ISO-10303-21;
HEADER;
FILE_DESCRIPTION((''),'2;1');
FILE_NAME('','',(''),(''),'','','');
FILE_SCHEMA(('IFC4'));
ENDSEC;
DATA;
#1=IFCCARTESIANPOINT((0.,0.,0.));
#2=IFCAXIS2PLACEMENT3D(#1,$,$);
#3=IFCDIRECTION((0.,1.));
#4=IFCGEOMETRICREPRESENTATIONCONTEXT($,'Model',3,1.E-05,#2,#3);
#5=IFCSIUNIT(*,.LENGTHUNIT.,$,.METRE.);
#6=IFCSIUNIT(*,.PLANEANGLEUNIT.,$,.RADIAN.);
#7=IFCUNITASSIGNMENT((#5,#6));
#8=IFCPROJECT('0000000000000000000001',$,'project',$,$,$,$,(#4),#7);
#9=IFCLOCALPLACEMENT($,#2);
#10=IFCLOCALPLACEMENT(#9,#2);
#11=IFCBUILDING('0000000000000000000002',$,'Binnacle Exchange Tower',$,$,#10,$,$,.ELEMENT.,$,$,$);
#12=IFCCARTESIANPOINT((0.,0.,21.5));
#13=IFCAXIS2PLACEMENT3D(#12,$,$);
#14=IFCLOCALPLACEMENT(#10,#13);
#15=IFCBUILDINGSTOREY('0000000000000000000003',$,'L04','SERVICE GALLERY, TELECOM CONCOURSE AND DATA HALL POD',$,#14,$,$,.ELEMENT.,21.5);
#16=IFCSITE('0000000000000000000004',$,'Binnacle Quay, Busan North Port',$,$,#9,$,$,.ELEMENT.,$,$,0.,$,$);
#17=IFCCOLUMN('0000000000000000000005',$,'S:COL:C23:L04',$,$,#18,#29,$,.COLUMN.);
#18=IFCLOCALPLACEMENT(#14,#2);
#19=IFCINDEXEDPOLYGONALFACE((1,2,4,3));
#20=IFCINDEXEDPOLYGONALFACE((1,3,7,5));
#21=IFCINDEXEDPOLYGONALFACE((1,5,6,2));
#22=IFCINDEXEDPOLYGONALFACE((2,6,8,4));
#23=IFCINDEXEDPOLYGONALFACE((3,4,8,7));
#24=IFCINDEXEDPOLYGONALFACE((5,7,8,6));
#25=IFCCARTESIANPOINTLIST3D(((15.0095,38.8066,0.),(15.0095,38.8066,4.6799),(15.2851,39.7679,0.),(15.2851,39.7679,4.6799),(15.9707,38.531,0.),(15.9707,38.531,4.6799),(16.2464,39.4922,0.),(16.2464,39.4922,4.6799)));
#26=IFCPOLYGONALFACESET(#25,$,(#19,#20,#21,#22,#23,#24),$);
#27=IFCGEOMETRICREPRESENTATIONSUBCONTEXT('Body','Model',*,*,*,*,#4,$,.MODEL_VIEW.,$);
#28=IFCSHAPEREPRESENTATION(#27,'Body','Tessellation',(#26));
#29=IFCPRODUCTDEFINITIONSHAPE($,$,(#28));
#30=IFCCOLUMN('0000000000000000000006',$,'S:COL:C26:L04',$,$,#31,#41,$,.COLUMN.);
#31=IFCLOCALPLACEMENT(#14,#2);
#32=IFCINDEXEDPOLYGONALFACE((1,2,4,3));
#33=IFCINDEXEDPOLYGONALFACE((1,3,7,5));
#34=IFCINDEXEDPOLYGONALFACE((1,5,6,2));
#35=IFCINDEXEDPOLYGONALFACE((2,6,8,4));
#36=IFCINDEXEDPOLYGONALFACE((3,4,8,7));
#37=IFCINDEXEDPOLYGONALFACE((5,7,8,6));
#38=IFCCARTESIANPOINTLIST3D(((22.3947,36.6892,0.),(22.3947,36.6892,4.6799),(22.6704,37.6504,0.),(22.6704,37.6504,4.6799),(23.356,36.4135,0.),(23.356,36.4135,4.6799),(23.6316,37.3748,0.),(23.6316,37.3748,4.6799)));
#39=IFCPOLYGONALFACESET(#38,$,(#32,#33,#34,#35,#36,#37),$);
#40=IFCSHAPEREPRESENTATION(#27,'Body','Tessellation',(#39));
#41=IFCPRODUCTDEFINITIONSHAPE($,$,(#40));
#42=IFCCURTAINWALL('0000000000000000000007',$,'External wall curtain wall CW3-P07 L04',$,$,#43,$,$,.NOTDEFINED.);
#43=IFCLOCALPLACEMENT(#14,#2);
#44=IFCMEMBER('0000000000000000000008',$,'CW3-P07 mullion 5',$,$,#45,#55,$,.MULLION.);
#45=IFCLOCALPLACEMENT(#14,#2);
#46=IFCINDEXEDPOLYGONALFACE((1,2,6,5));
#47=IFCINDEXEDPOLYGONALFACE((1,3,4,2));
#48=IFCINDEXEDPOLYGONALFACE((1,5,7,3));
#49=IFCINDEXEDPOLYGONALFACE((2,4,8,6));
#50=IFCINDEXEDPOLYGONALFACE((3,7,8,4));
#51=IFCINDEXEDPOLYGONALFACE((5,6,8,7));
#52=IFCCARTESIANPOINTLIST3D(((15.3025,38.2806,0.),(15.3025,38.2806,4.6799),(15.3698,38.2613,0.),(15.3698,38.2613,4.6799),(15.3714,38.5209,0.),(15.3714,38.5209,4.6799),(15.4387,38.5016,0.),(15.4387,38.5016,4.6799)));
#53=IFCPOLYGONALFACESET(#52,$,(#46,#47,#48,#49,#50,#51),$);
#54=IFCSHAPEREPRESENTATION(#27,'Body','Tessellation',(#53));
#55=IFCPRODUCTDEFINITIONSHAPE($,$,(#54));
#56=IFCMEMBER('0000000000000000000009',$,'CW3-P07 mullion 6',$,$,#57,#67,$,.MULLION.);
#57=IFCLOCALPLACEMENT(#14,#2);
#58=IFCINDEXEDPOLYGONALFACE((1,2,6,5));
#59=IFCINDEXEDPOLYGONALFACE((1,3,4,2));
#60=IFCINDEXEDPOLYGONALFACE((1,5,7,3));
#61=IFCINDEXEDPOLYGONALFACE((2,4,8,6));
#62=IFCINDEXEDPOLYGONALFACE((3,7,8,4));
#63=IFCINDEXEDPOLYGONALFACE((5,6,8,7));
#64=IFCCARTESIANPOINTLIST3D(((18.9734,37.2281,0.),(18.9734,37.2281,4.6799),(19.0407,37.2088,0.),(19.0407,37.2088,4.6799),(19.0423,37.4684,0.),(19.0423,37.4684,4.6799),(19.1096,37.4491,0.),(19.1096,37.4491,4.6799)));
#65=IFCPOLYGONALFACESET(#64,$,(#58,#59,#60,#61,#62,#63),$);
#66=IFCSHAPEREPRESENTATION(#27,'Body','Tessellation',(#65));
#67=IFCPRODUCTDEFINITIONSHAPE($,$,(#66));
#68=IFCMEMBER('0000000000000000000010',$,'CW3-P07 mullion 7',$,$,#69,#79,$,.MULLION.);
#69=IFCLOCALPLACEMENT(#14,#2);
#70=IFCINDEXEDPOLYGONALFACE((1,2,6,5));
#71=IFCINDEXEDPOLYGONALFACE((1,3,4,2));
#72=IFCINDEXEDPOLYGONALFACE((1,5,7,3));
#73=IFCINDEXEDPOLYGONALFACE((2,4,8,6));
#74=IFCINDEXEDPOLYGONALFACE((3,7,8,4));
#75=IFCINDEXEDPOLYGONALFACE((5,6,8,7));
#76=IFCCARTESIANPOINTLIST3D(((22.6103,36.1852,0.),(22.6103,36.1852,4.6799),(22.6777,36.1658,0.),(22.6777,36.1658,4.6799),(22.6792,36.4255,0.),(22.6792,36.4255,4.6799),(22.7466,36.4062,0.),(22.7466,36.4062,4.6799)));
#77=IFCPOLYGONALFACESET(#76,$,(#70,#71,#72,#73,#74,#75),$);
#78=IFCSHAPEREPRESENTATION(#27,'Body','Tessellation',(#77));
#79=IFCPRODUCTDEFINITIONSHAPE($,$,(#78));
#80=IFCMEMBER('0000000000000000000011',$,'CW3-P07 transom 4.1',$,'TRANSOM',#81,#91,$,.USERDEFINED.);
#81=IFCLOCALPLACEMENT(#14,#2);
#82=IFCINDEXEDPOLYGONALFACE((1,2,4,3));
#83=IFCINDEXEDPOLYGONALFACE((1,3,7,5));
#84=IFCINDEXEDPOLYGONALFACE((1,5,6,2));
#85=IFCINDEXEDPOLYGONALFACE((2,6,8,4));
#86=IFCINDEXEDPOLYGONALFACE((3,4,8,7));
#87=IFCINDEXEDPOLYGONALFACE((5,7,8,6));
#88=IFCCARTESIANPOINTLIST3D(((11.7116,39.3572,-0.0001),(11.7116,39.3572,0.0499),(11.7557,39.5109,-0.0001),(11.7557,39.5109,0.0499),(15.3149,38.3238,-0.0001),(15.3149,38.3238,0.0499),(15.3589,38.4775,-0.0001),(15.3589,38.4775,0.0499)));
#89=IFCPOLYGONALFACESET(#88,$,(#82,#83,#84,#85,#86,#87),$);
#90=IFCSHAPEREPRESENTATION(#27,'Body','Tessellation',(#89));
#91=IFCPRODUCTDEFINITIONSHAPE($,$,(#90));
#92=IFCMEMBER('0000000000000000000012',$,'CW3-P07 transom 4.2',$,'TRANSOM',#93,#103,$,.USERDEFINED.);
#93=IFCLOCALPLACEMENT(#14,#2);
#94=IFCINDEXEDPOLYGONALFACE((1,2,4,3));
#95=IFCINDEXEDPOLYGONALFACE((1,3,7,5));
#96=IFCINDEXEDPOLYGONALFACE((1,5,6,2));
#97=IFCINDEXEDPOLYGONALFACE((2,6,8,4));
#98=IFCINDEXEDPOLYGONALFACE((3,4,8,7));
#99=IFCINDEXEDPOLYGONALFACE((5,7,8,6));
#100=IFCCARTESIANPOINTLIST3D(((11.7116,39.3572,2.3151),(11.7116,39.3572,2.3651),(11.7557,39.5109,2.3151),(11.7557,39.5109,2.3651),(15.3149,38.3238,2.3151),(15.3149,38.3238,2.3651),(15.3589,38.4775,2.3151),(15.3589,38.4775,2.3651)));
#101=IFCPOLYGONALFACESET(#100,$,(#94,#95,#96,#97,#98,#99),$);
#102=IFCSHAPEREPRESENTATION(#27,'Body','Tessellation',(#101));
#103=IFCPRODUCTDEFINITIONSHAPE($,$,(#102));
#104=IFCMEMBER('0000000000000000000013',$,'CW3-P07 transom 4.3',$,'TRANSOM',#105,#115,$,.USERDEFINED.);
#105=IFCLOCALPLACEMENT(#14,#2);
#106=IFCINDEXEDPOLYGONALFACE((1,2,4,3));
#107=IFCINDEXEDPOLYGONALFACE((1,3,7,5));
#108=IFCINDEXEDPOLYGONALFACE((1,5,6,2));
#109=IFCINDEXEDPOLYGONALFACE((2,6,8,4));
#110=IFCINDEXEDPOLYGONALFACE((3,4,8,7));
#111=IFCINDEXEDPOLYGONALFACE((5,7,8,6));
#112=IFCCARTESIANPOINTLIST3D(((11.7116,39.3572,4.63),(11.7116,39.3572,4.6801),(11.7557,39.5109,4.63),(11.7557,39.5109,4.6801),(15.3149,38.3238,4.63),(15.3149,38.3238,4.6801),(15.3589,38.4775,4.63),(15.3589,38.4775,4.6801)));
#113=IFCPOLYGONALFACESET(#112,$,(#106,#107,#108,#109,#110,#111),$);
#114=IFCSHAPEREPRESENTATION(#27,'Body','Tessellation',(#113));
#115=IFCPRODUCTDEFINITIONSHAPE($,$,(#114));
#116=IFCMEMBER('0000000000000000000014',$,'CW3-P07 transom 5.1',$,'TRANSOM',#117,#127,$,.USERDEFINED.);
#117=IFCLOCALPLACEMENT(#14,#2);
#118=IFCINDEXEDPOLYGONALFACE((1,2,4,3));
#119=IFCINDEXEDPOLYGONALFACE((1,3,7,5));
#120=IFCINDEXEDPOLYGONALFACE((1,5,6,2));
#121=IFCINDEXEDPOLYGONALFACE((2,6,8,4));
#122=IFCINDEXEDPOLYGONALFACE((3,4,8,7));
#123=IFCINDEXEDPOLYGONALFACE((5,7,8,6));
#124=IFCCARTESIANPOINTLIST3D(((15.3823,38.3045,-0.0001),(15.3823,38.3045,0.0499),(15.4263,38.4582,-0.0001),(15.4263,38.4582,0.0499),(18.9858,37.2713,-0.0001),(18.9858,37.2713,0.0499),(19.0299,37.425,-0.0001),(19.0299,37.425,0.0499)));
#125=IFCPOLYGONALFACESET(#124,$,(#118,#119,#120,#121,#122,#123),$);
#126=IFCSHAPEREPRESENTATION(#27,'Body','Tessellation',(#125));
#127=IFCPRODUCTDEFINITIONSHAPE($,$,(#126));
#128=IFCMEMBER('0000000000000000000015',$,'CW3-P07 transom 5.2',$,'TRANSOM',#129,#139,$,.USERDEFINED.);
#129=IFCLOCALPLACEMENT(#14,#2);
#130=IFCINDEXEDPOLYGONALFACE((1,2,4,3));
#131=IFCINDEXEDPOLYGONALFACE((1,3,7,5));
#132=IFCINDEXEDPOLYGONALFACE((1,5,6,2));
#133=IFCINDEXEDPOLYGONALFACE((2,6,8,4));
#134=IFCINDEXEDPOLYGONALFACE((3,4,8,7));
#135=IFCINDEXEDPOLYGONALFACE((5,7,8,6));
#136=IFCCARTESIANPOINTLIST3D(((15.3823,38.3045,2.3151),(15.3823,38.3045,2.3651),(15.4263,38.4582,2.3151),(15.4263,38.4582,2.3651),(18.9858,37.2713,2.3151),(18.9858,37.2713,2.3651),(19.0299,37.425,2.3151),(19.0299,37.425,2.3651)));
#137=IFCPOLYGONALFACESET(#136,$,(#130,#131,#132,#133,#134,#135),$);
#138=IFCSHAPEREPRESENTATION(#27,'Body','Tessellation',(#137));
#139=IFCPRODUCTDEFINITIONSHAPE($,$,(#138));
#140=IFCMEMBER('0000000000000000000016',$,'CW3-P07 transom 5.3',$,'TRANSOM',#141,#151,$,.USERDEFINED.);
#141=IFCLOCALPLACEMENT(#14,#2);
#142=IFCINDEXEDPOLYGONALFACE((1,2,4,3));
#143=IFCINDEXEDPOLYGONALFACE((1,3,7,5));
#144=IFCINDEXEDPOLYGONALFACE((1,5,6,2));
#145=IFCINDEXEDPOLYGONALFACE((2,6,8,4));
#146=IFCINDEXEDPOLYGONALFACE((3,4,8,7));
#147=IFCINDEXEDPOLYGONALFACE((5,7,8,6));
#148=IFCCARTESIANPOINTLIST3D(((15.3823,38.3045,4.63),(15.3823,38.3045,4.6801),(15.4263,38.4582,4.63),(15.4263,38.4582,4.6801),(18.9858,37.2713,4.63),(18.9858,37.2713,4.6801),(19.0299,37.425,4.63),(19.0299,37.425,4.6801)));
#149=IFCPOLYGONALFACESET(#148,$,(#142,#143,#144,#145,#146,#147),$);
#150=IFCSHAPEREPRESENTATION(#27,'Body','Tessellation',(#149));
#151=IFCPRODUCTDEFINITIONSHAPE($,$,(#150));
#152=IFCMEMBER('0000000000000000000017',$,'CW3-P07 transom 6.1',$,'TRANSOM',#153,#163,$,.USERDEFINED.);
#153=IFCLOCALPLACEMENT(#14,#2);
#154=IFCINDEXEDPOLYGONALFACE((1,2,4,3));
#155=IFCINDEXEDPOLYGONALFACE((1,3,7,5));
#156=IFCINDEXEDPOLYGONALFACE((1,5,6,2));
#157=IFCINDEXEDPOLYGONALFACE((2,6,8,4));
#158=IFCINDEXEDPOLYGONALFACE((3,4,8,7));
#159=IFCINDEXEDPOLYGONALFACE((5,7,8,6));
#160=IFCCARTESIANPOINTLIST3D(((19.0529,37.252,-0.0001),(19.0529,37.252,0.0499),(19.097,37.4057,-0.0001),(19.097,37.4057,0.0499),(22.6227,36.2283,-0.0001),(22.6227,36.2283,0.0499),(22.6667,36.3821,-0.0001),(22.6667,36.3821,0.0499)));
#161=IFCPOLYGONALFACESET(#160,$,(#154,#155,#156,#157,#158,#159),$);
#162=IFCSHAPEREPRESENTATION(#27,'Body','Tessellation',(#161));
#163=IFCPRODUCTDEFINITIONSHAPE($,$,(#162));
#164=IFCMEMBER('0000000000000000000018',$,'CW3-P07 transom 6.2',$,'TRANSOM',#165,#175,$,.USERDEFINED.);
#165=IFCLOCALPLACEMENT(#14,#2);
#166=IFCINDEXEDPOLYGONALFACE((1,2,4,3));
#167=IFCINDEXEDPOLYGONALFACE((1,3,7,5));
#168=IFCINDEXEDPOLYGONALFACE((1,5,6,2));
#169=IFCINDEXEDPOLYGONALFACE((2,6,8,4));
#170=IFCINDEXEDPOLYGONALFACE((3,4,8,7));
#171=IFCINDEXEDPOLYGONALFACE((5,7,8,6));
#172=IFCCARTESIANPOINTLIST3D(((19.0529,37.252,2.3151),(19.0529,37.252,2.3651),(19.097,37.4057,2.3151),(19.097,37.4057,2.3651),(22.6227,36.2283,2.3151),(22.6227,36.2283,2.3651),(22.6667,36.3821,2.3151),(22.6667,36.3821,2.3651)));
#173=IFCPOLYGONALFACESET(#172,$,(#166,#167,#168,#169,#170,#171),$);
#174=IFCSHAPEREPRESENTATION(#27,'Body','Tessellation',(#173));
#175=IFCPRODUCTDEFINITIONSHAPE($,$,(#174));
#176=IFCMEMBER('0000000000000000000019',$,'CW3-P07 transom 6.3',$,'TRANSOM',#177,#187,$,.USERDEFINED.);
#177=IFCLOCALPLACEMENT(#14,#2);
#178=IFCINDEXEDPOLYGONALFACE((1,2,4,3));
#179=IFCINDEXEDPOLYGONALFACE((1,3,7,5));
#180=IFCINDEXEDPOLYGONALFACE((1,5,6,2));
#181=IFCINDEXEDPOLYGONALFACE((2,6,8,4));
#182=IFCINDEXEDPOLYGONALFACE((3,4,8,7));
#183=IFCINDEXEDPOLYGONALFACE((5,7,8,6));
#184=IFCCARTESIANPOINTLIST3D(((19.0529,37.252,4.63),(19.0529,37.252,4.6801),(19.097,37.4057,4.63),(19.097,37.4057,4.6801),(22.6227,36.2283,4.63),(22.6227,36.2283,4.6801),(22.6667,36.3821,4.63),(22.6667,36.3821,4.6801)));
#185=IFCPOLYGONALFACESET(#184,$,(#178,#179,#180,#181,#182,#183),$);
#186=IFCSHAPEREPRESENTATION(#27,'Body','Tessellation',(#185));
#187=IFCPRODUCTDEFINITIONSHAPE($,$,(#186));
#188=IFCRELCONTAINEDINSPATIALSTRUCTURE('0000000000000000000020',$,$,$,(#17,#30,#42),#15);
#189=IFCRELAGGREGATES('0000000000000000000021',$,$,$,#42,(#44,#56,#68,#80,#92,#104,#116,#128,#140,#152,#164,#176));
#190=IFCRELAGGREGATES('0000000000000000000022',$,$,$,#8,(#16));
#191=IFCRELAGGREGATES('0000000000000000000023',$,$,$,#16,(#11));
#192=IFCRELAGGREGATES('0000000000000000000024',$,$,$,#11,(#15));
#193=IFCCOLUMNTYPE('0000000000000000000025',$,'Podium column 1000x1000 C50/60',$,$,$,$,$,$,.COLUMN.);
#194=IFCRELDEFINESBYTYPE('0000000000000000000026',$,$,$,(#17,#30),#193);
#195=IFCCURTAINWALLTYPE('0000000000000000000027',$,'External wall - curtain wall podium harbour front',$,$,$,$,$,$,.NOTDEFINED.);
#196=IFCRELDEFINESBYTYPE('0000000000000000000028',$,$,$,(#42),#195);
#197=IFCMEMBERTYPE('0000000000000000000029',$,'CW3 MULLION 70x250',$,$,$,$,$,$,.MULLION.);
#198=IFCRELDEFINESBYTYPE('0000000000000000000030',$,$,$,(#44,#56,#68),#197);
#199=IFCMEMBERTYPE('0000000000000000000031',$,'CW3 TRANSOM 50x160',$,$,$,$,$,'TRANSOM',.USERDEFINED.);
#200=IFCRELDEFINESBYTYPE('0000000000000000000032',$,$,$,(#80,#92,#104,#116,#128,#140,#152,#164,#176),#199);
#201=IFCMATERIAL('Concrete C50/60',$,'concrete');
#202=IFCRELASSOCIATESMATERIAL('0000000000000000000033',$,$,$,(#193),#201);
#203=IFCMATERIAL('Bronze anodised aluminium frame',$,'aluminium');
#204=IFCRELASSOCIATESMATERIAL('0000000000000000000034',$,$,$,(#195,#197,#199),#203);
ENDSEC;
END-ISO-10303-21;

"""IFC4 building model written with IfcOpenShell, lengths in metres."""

from ifc_helpers import new_model, si_unit, direction, frame, origin, origin_2d, place, context, subcontext, project, spatial, rectangle, extrude, material, material_profile, profile_set, type_object, element, aggregate, save


model = new_model("IFC4")

# Units and contexts
model_context = context("Model", 3, precision=1e-05, world=origin(), true_north=direction((0.0, 1.0)))
body_context = subcontext(model_context, "Body", "Model", "MODEL_VIEW")
ifc_project = project(units=[si_unit("LENGTHUNIT", "METRE"), si_unit("PLANEANGLEUNIT", "RADIAN")], contexts=[model_context])

# Site, building, storey
site_placement = place(None, origin())
site = spatial("IfcSite", under=ifc_project, at=site_placement, Name="Binnacle Quay, Busan North Port", CompositionType="ELEMENT", RefElevation=0.0)
building_placement = place(site_placement, origin())
building = spatial("IfcBuilding", under=site, at=building_placement, Name="Binnacle Exchange Tower", CompositionType="ELEMENT")
storey_placement = place(building_placement, frame((0.0, 0.0, 21.5)))
storey = spatial("IfcBuildingStorey", under=building, at=storey_placement, Name="L04", Description="SERVICE GALLERY, TELECOM CONCOURSE AND DATA HALL POD", CompositionType="ELEMENT", Elevation=21.5)

# Columns
ifc_material_1 = material(Name="Concrete C50/60", Category="concrete")
ifc_material_profile_1 = material_profile(ifc_material_1, rectangle(XDim=1.0, YDim=1.0, at=origin_2d()), Name="Podium column 1000x1000 C50/60")
ifc_profile_set_1 = profile_set([ifc_material_profile_1], Name="Concrete C50/60")
column_type = type_object("IfcColumnType", Name="Podium column 1000x1000 C50/60", PredefinedType="COLUMN", material=ifc_profile_set_1)
for number, where, z_axis, x_axis, name in (
    (1, (15.6279, 39.1494, 0.0), (0.0, 0.0, 1.0), (0.961262, -0.275637, 0.0), "S:COL:C23:L04"),
    (2, (23.0132, 37.032, 0.0), (0.0, 0.0, 1.0), (0.961262, -0.275637, 0.0), "S:COL:C26:L04"),
):
    element("IfcColumn", number, at=place(storey_placement, frame(where, z_axis=z_axis, x_axis=x_axis)), inside=storey, type_object=column_type, Name=name, PredefinedType="COLUMN", context=body_context, shape_type="SweptSolid", body=[
        extrude(rectangle(XDim=1.0, YDim=1.0, at=origin_2d()), origin(), (0.0, 0.0, 1.0), 4.6799),
    ])

# Curtain wall, members
ifc_material_2 = material(Name="Bronze anodised aluminium frame", Category="aluminium")
curtain_wall_type = type_object("IfcCurtainWallType", Name="External wall - curtain wall podium harbour front", PredefinedType="NOTDEFINED", material=ifc_material_2)
curtain_wall_placement = place(storey_placement, origin())
curtain_wall = element("IfcCurtainWall", 3, at=curtain_wall_placement, inside=storey, type_object=curtain_wall_type, Name="External wall curtain wall CW3-P07 L04", PredefinedType="NOTDEFINED")
ifc_material_profile_2 = material_profile(ifc_material_2, rectangle(XDim=0.25, YDim=0.0701, at=origin_2d()), Name="AL 70x250")
ifc_profile_set_2 = profile_set([ifc_material_profile_2], Name="Bronze anodised aluminium frame")
member_type_1 = type_object("IfcMemberType", Name="CW3 MULLION 70x250", PredefinedType="MULLION", material=ifc_profile_set_2)
member_1_placement = place(storey_placement, frame((15.3706, 38.3911, 0.0), z_axis=(0.0, 0.0, 1.0), x_axis=(0.275637, 0.961262, 0.0)))
member_1 = element("IfcMember", 4, at=member_1_placement, type_object=member_type_1, Name="CW3-P07 mullion 5", PredefinedType="MULLION", context=body_context, shape_type="SweptSolid", body=[
    extrude(rectangle(XDim=0.25, YDim=0.0701, at=origin_2d()), origin(), (0.0, 0.0, 1.0), 4.6799),
])
member_2_placement = place(storey_placement, frame((19.0415, 37.3386, 0.0), z_axis=(0.0, 0.0, 1.0), x_axis=(0.275637, 0.961262, 0.0)))
member_2 = element("IfcMember", 5, at=member_2_placement, type_object=member_type_1, Name="CW3-P07 mullion 6", PredefinedType="MULLION", context=body_context, shape_type="SweptSolid", body=[
    extrude(rectangle(XDim=0.25, YDim=0.0701, at=origin_2d()), origin(), (0.0, 0.0, 1.0), 4.6799),
])
member_3_placement = place(storey_placement, frame((22.6785, 36.2957, 0.0), z_axis=(0.0, 0.0, 1.0), x_axis=(0.275637, 0.961262, 0.0)))
member_3 = element("IfcMember", 6, at=member_3_placement, type_object=member_type_1, Name="CW3-P07 mullion 7", PredefinedType="MULLION", context=body_context, shape_type="SweptSolid", body=[
    extrude(rectangle(XDim=0.25, YDim=0.0701, at=origin_2d()), origin(), (0.0, 0.0, 1.0), 4.6799),
])
ifc_material_profile_3 = material_profile(ifc_material_2, rectangle(XDim=0.1599, YDim=0.05, at=origin_2d()), Name="AL 160x50")
ifc_profile_set_3 = profile_set([ifc_material_profile_3], Name="Bronze anodised aluminium frame")
member_type_2 = type_object("IfcMemberType", Name="CW3 TRANSOM 50x160", ElementType="TRANSOM", PredefinedType="USERDEFINED", material=ifc_profile_set_3)
member_4_placement = place(storey_placement, frame((11.7336, 39.4341, 0.0249), z_axis=(0.961246, -0.275693, 0.0), x_axis=(0.275693, 0.961246, 0.0)))
member_4 = element("IfcMember", 7, at=member_4_placement, type_object=member_type_2, Name="CW3-P07 transom 4.1", ObjectType="TRANSOM", PredefinedType="USERDEFINED", context=body_context, shape_type="SweptSolid", body=[
    extrude(rectangle(XDim=0.1599, YDim=0.05, at=origin_2d()), origin(), (0.0, 0.0, 1.0), 3.7485),
])
member_5_placement = place(storey_placement, frame((11.7336, 39.4341, 2.3401), z_axis=(0.961246, -0.275693, 0.0), x_axis=(0.275693, 0.961246, 0.0)))
member_5 = element("IfcMember", 8, at=member_5_placement, type_object=member_type_2, Name="CW3-P07 transom 4.2", ObjectType="TRANSOM", PredefinedType="USERDEFINED", context=body_context, shape_type="SweptSolid", body=[
    extrude(rectangle(XDim=0.1599, YDim=0.05, at=origin_2d()), origin(), (0.0, 0.0, 1.0), 3.7485),
])
member_6_placement = place(storey_placement, frame((11.7336, 39.4341, 4.655), z_axis=(0.961246, -0.275693, 0.0), x_axis=(0.275693, 0.961246, 0.0)))
member_6 = element("IfcMember", 9, at=member_6_placement, type_object=member_type_2, Name="CW3-P07 transom 4.3", ObjectType="TRANSOM", PredefinedType="USERDEFINED", context=body_context, shape_type="SweptSolid", body=[
    extrude(rectangle(XDim=0.1599, YDim=0.05, at=origin_2d()), origin(), (0.0, 0.0, 1.0), 3.7485),
])
member_7_placement = place(storey_placement, frame((15.4043, 38.3813, 0.0249), z_axis=(0.961268, -0.275616, 0.0), x_axis=(0.275616, 0.961268, 0.0)))
member_7 = element("IfcMember", 10, at=member_7_placement, type_object=member_type_2, Name="CW3-P07 transom 5.1", ObjectType="TRANSOM", PredefinedType="USERDEFINED", context=body_context, shape_type="SweptSolid", body=[
    extrude(rectangle(XDim=0.1599, YDim=0.05, at=origin_2d()), origin(), (0.0, 0.0, 1.0), 3.7488),
])
member_8_placement = place(storey_placement, frame((15.4043, 38.3813, 2.3401), z_axis=(0.961268, -0.275616, 0.0), x_axis=(0.275616, 0.961268, 0.0)))
member_8 = element("IfcMember", 11, at=member_8_placement, type_object=member_type_2, Name="CW3-P07 transom 5.2", ObjectType="TRANSOM", PredefinedType="USERDEFINED", context=body_context, shape_type="SweptSolid", body=[
    extrude(rectangle(XDim=0.1599, YDim=0.05, at=origin_2d()), origin(), (0.0, 0.0, 1.0), 3.7488),
])
member_9_placement = place(storey_placement, frame((15.4043, 38.3813, 4.655), z_axis=(0.961268, -0.275616, 0.0), x_axis=(0.275616, 0.961268, 0.0)))
member_9 = element("IfcMember", 12, at=member_9_placement, type_object=member_type_2, Name="CW3-P07 transom 5.3", ObjectType="TRANSOM", PredefinedType="USERDEFINED", context=body_context, shape_type="SweptSolid", body=[
    extrude(rectangle(XDim=0.1599, YDim=0.05, at=origin_2d()), origin(), (0.0, 0.0, 1.0), 3.7488),
])
member_10_placement = place(storey_placement, frame((19.075, 37.3289, 0.0249), z_axis=(0.961258, -0.27565, 0.0), x_axis=(0.27565, 0.961258, 0.0)))
member_10 = element("IfcMember", 13, at=member_10_placement, type_object=member_type_2, Name="CW3-P07 transom 6.1", ObjectType="TRANSOM", PredefinedType="USERDEFINED", context=body_context, shape_type="SweptSolid", body=[
    extrude(rectangle(XDim=0.1599, YDim=0.05, at=origin_2d()), origin(), (0.0, 0.0, 1.0), 3.7136),
])
member_11_placement = place(storey_placement, frame((19.075, 37.3289, 2.3401), z_axis=(0.961258, -0.27565, 0.0), x_axis=(0.27565, 0.961258, 0.0)))
member_11 = element("IfcMember", 14, at=member_11_placement, type_object=member_type_2, Name="CW3-P07 transom 6.2", ObjectType="TRANSOM", PredefinedType="USERDEFINED", context=body_context, shape_type="SweptSolid", body=[
    extrude(rectangle(XDim=0.1599, YDim=0.05, at=origin_2d()), origin(), (0.0, 0.0, 1.0), 3.7136),
])
member_12_placement = place(storey_placement, frame((19.075, 37.3289, 4.655), z_axis=(0.961258, -0.27565, 0.0), x_axis=(0.27565, 0.961258, 0.0)))
member_12 = element("IfcMember", 15, at=member_12_placement, type_object=member_type_2, Name="CW3-P07 transom 6.3", ObjectType="TRANSOM", PredefinedType="USERDEFINED", context=body_context, shape_type="SweptSolid", body=[
    extrude(rectangle(XDim=0.1599, YDim=0.05, at=origin_2d()), origin(), (0.0, 0.0, 1.0), 3.7136),
])

aggregate(curtain_wall, [member_1, member_2, member_3, member_4, member_5, member_6, member_7, member_8, member_9, member_10, member_11, member_12])

save(model, "model.ifc")
